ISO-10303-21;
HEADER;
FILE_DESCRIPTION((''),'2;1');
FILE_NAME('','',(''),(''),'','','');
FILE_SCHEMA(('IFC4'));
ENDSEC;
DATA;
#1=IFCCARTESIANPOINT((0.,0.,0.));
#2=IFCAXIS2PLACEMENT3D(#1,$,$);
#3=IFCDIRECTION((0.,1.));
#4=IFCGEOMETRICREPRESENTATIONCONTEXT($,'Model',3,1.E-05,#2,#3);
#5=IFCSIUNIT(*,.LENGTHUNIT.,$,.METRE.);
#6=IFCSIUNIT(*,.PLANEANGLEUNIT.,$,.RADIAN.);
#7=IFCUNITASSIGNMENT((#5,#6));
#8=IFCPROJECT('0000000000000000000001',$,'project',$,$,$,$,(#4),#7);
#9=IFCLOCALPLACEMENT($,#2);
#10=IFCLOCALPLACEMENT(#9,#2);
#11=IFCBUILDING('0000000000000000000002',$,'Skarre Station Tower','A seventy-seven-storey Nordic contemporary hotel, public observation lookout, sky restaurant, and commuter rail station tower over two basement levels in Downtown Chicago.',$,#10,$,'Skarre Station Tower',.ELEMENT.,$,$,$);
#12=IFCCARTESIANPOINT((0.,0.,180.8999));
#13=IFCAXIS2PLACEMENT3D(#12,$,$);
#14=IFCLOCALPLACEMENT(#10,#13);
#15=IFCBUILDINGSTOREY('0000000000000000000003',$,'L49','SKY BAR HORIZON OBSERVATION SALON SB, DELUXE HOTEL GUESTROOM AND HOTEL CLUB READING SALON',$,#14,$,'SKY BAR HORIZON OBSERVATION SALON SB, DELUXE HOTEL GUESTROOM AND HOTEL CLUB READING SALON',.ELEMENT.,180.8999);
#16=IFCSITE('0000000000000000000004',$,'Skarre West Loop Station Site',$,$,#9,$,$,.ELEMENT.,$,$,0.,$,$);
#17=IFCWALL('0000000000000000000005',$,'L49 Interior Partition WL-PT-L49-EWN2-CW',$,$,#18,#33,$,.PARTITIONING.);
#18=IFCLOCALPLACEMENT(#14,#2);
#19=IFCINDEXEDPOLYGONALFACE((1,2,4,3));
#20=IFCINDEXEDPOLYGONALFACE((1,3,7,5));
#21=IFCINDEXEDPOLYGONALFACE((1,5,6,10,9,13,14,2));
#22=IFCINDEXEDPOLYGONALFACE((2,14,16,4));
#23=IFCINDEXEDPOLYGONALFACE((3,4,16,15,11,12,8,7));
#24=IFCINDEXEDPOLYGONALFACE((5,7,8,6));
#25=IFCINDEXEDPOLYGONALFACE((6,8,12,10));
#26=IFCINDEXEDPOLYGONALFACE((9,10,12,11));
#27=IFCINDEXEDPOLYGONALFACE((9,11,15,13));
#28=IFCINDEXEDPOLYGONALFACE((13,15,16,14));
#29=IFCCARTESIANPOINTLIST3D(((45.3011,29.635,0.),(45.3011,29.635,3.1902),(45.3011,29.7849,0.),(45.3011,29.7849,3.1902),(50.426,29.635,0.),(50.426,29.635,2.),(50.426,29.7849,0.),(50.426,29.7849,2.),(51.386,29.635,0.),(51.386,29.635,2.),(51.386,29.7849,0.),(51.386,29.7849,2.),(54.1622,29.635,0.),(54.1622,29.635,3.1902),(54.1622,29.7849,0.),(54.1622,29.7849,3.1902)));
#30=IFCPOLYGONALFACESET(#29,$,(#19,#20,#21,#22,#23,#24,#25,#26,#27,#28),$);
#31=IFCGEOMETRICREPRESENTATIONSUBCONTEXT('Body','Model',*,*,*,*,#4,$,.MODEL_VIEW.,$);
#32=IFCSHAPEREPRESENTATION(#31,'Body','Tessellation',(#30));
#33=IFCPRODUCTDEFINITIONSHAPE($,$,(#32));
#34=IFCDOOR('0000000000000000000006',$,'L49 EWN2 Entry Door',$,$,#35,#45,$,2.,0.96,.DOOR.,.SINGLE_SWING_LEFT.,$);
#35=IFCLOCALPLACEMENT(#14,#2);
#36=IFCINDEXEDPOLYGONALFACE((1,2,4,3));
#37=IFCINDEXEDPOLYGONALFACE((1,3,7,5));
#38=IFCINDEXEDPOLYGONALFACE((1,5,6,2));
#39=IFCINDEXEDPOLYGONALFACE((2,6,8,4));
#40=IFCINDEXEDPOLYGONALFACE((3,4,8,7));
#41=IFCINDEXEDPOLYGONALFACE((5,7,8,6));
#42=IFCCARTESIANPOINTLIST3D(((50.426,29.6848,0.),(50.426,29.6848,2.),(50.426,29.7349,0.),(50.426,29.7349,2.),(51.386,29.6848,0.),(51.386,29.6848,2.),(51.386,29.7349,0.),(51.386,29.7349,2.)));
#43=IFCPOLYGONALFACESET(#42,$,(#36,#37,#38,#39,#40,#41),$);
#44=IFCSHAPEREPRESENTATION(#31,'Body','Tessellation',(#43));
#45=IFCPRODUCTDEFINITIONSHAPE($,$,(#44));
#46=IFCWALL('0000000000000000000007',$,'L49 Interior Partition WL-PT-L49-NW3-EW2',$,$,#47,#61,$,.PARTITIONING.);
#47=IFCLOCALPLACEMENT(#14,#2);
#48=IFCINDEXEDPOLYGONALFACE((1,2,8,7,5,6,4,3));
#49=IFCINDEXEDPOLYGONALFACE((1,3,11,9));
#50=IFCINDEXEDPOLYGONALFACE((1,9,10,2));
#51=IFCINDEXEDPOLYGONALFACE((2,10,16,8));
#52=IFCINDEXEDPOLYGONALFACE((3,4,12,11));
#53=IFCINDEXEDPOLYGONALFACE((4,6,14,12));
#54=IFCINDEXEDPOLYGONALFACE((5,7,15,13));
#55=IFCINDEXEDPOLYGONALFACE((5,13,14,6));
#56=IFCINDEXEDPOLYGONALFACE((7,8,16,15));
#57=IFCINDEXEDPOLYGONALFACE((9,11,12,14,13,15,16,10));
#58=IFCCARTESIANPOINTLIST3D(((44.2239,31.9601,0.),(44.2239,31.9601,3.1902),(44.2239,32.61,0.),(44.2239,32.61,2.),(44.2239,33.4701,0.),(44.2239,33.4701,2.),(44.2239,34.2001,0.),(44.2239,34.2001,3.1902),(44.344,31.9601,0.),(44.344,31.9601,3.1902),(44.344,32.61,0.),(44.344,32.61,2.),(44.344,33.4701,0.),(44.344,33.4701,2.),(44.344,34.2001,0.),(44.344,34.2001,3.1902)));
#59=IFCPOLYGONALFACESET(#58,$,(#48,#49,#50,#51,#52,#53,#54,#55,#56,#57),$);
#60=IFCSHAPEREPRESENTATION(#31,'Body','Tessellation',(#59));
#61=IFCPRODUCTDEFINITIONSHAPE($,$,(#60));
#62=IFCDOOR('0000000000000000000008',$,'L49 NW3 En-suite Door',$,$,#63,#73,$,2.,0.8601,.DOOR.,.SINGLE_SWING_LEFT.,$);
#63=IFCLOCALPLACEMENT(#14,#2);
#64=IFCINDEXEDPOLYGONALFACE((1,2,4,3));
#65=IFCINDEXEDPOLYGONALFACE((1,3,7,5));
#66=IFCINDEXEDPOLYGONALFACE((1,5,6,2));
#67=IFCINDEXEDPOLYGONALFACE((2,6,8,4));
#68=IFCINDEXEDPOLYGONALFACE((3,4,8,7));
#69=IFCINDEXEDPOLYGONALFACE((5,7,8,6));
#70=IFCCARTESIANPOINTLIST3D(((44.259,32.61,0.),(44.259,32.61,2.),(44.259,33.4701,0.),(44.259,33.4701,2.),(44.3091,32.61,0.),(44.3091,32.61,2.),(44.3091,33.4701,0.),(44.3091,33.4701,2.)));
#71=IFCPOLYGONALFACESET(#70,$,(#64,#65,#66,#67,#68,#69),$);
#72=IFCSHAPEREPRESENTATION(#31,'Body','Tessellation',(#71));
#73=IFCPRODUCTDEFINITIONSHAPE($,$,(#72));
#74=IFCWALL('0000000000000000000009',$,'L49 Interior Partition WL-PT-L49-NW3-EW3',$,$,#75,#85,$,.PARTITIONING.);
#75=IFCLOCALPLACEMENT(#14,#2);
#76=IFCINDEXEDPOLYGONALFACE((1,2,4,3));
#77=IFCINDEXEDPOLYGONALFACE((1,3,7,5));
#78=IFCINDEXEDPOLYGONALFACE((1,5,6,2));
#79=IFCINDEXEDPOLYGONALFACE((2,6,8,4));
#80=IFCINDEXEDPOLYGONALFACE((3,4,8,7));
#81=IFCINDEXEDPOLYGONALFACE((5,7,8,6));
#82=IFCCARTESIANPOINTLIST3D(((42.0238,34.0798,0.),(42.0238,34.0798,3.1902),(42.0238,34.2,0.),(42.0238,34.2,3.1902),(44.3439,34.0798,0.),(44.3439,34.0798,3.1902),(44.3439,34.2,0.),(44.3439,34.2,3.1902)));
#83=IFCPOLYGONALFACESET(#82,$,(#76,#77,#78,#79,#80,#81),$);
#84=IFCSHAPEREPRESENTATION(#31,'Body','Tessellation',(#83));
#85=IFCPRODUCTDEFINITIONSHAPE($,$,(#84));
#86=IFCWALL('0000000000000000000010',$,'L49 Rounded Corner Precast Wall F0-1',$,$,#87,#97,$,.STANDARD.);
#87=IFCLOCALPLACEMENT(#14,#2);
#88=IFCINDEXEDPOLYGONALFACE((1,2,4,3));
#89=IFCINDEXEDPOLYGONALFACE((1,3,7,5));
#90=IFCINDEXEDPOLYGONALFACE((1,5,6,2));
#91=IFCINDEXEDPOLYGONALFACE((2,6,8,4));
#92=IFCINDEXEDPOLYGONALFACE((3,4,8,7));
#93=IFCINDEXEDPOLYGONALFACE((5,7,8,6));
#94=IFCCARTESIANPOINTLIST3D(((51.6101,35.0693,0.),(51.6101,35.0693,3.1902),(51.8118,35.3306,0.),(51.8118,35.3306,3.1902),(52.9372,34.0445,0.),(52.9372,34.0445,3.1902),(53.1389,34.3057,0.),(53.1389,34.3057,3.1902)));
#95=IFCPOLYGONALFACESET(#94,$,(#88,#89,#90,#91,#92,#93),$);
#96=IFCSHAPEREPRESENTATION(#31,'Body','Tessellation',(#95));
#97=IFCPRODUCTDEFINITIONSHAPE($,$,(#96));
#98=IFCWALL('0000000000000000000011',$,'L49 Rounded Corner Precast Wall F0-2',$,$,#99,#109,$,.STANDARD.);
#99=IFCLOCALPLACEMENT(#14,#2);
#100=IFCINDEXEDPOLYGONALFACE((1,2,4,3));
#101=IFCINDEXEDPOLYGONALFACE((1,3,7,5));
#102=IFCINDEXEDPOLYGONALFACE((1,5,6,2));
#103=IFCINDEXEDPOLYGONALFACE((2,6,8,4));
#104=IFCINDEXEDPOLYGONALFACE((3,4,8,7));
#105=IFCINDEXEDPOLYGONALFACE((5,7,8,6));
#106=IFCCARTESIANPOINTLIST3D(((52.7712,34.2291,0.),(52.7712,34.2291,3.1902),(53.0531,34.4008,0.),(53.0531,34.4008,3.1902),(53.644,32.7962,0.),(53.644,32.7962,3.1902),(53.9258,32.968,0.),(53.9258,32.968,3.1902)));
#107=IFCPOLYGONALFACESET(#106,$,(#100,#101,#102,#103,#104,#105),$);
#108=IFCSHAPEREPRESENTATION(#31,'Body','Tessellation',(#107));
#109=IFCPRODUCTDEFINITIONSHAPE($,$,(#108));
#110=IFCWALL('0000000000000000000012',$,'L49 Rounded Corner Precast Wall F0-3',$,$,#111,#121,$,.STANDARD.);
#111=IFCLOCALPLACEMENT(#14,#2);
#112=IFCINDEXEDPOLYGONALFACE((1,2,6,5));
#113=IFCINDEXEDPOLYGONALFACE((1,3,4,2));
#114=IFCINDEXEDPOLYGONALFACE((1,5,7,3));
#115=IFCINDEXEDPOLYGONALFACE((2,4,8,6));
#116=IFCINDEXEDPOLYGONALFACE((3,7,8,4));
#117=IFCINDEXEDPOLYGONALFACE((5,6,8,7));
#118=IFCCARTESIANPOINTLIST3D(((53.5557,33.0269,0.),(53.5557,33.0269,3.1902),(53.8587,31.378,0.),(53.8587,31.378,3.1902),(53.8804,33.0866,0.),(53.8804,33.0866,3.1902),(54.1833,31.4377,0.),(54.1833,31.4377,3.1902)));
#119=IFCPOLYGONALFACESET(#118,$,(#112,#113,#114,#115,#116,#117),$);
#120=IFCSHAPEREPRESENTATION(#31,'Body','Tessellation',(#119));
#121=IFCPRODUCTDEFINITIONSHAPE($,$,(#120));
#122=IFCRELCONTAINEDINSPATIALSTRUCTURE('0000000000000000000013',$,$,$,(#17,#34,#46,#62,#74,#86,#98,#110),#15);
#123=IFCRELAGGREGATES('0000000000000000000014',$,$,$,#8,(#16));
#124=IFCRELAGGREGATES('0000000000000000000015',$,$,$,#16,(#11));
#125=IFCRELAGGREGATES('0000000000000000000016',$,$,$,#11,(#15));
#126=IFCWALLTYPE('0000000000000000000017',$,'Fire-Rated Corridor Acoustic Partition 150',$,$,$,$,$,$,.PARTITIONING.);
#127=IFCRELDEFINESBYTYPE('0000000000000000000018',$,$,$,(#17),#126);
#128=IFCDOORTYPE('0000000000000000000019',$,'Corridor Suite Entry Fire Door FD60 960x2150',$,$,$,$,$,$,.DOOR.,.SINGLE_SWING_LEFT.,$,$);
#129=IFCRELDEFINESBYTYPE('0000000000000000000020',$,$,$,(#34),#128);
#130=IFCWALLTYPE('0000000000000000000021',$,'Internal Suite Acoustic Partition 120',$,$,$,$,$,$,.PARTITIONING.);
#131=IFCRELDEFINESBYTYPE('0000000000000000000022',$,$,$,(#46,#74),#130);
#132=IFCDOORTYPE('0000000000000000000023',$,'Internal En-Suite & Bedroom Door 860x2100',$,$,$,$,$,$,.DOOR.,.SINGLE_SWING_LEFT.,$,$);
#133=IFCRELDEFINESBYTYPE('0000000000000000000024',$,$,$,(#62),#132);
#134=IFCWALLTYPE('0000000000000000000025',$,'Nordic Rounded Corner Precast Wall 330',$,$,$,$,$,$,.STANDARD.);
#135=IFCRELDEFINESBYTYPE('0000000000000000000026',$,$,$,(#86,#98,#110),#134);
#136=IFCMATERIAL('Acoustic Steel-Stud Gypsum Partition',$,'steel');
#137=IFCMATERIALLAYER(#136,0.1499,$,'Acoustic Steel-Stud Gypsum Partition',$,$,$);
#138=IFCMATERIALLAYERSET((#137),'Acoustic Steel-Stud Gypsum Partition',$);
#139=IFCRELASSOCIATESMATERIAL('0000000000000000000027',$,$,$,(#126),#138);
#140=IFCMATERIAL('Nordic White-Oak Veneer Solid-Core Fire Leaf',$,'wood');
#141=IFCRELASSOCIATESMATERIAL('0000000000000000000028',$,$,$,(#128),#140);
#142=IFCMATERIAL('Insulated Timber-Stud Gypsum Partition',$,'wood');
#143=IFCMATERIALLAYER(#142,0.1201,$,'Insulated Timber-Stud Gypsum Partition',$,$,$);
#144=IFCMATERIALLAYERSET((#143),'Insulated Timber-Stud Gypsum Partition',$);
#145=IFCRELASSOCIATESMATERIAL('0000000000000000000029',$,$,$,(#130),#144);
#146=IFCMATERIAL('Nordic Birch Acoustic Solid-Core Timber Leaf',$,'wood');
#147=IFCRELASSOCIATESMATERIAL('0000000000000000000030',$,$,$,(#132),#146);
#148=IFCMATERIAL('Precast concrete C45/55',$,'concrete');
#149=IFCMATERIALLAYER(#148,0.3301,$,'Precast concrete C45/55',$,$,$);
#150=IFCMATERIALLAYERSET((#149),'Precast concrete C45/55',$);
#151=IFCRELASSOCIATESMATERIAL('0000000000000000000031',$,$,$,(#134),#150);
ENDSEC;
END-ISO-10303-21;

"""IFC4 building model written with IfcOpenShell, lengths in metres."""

from ifc_helpers import new_model, si_unit, direction, frame, frame_2d, origin, place, context, subcontext, project, spatial, rectangle, extrude, material, layer, layer_set, type_object, element, fill, save


model = new_model("IFC4")

# Units and contexts
model_context = context("Model", 3, precision=1e-05, world=origin(), true_north=direction((0.0, 1.0)))
body_context = subcontext(model_context, "Body", "Model", "MODEL_VIEW")
ifc_project = project(units=[si_unit("LENGTHUNIT", "METRE"), si_unit("PLANEANGLEUNIT", "RADIAN")], contexts=[model_context])

# Site, building, storey
site_placement = place(None, origin())
site = spatial("IfcSite", under=ifc_project, at=site_placement, Name="Skarre West Loop Station Site", CompositionType="ELEMENT", RefElevation=0.0)
building_placement = place(site_placement, origin())
building = spatial("IfcBuilding", under=site, at=building_placement, Name="Skarre Station Tower", Description="A seventy-seven-storey Nordic contemporary hotel, public observation lookout, sky restaurant, and commuter rail station tower over two basement levels in Downtown Chicago.", LongName="Skarre Station Tower", CompositionType="ELEMENT")
storey_placement = place(building_placement, frame((0.0, 0.0, 180.8999)))
storey = spatial("IfcBuildingStorey", under=building, at=storey_placement, Name="L49", Description="SKY BAR HORIZON OBSERVATION SALON SB, DELUXE HOTEL GUESTROOM AND HOTEL CLUB READING SALON", LongName="SKY BAR HORIZON OBSERVATION SALON SB, DELUXE HOTEL GUESTROOM AND HOTEL CLUB READING SALON", CompositionType="ELEMENT", Elevation=180.8999)

# Walls, openings, doors
ifc_material_1 = material(Name="Acoustic Steel-Stud Gypsum Partition", Category="steel")
ifc_layer_1 = layer(ifc_material_1, 0.1499, Name="Acoustic Steel-Stud Gypsum Partition")
ifc_layer_set_1 = layer_set([ifc_layer_1], Name="Acoustic Steel-Stud Gypsum Partition")
wall_type_1 = type_object("IfcWallType", Name="Fire-Rated Corridor Acoustic Partition 150", PredefinedType="PARTITIONING", material=ifc_layer_set_1)
ifc_material_2 = material(Name="Nordic White-Oak Veneer Solid-Core Fire Leaf", Category="wood")
door_type_1 = type_object("IfcDoorType", Name="Corridor Suite Entry Fire Door FD60 960x2150", OperationType="SINGLE_SWING_LEFT", PredefinedType="DOOR", material=ifc_material_2)
wall_1_placement = place(storey_placement, frame((45.301, 29.71, 0.0), z_axis=(0.0, 0.0, 1.0), x_axis=(1.0, 0.0, 0.0)))
wall_1 = element("IfcWall", 1, at=wall_1_placement, inside=storey, type_object=wall_type_1, Name="L49 Interior Partition WL-PT-L49-EWN2-CW", PredefinedType="PARTITIONING", context=body_context, shape_type="SweptSolid", body=[
    extrude(rectangle(XDim=8.8611, YDim=0.1499, at=frame_2d((4.4307, 0.0))), origin(), (0.0, 0.0, 1.0), 3.1902),
])
opening_1_placement = place(wall_1_placement, frame((5.125, 0.0, 0.0)))
opening_1 = element("IfcOpeningElement", 2, at=opening_1_placement, cuts=wall_1, PredefinedType="OPENING", context=body_context, shape_type="SweptSolid", body=[
    extrude(rectangle(XDim=0.96, YDim=2.0, at=frame_2d((0.48, 1.0))), frame((0.0, 0.085, 0.0), z_axis=(0.0, -1.0, 0.0), x_axis=(1.0, 0.0, 0.0)), (0.0, 0.0, 1.0), 0.1699),
])
door_1_placement = place(opening_1_placement, origin())
door_1 = element("IfcDoor", 3, at=door_1_placement, inside=storey, type_object=door_type_1, Name="L49 EWN2 Entry Door", OperationType="SINGLE_SWING_LEFT", OverallHeight=2.0, OverallWidth=0.96, PredefinedType="DOOR", context=body_context, shape_type="SweptSolid", body=[
    extrude(rectangle(XDim=0.96, YDim=2.0, at=frame_2d((0.48, 1.0))), frame((0.0, 0.0249, 0.0), z_axis=(0.0, -1.0, 0.0), x_axis=(1.0, 0.0, 0.0)), (0.0, 0.0, 1.0), 0.05),
])
fill(opening_1, door_1)
ifc_material_3 = material(Name="Insulated Timber-Stud Gypsum Partition", Category="wood")
ifc_layer_2 = layer(ifc_material_3, 0.1201, Name="Insulated Timber-Stud Gypsum Partition")
ifc_layer_set_2 = layer_set([ifc_layer_2], Name="Insulated Timber-Stud Gypsum Partition")
wall_type_2 = type_object("IfcWallType", Name="Internal Suite Acoustic Partition 120", PredefinedType="PARTITIONING", material=ifc_layer_set_2)
wall_2_placement = place(storey_placement, frame((44.2839, 31.96, 0.0), z_axis=(0.0, 0.0, 1.0), x_axis=(0.0, 1.0, 0.0)))
wall_2 = element("IfcWall", 4, at=wall_2_placement, inside=storey, type_object=wall_type_2, Name="L49 Interior Partition WL-PT-L49-NW3-EW2", PredefinedType="PARTITIONING", context=body_context, shape_type="SweptSolid", body=[
    extrude(rectangle(XDim=2.24, YDim=0.1201, at=frame_2d((1.1201, 0.0))), origin(), (0.0, 0.0, 1.0), 3.1902),
])
opening_2_placement = place(wall_2_placement, frame((0.6499, 0.0, 0.0)))
opening_2 = element("IfcOpeningElement", 5, at=opening_2_placement, cuts=wall_2, PredefinedType="OPENING", context=body_context, shape_type="SweptSolid", body=[
    extrude(rectangle(XDim=0.8601, YDim=2.0, at=frame_2d((0.4302, 1.0))), frame((0.0, 0.0701, 0.0), z_axis=(0.0, -1.0, 0.0), x_axis=(1.0, 0.0, 0.0)), (0.0, 0.0, 1.0), 0.1401),
])
ifc_material_4 = material(Name="Nordic Birch Acoustic Solid-Core Timber Leaf", Category="wood")
door_type_2 = type_object("IfcDoorType", Name="Internal En-Suite & Bedroom Door 860x2100", OperationType="SINGLE_SWING_LEFT", PredefinedType="DOOR", material=ifc_material_4)
door_2_placement = place(opening_2_placement, origin())
door_2 = element("IfcDoor", 6, at=door_2_placement, inside=storey, type_object=door_type_2, Name="L49 NW3 En-suite Door", OperationType="SINGLE_SWING_LEFT", OverallHeight=2.0, OverallWidth=0.8601, PredefinedType="DOOR", context=body_context, shape_type="SweptSolid", body=[
    extrude(rectangle(XDim=0.8601, YDim=2.0, at=frame_2d((0.4302, 1.0))), frame((0.0, 0.0249, 0.0), z_axis=(0.0, -1.0, 0.0), x_axis=(1.0, 0.0, 0.0)), (0.0, 0.0, 1.0), 0.05),
])
fill(opening_2, door_2)

# Walls
wall_3_placement = place(storey_placement, frame((44.344, 34.1399, 0.0), z_axis=(0.0, 0.0, 1.0), x_axis=(-1.0, 0.0, 0.0)))
element("IfcWall", 7, at=wall_3_placement, inside=storey, type_object=wall_type_2, Name="L49 Interior Partition WL-PT-L49-NW3-EW3", PredefinedType="PARTITIONING", context=body_context, shape_type="SweptSolid", body=[
    extrude(rectangle(XDim=2.3201, YDim=0.1201, at=frame_2d((1.1602, 0.0))), origin(), (0.0, 0.0, 1.0), 3.1902),
])
ifc_material_5 = material(Name="Precast concrete C45/55", Category="concrete")
ifc_layer_3 = layer(ifc_material_5, 0.3301, Name="Precast concrete C45/55")
ifc_layer_set_3 = layer_set([ifc_layer_3], Name="Precast concrete C45/55")
wall_type_3 = type_object("IfcWallType", Name="Nordic Rounded Corner Precast Wall 330", PredefinedType="STANDARD", material=ifc_layer_set_3)
wall_4_placement = place(storey_placement, frame((51.7109, 35.2, 0.0), z_axis=(0.0, 0.0, 1.0), x_axis=(0.791464, -0.611215, 0.0)))
element("IfcWall", 8, at=wall_4_placement, inside=storey, type_object=wall_type_3, Name="L49 Rounded Corner Precast Wall F0-1", PredefinedType="STANDARD", context=body_context, shape_type="SweptSolid", body=[
    extrude(rectangle(XDim=1.6768, YDim=0.3301, at=frame_2d((0.8384, 0.0))), origin(), (0.0, 0.0, 1.0), 3.1902),
])
wall_5_placement = place(storey_placement, frame((52.9121, 34.3149, 0.0), z_axis=(0.0, 0.0, 1.0), x_axis=(0.520219, -0.854033, 0.0)))
element("IfcWall", 9, at=wall_5_placement, inside=storey, type_object=wall_type_3, Name="L49 Rounded Corner Precast Wall F0-2", PredefinedType="STANDARD", context=body_context, shape_type="SweptSolid", body=[
    extrude(rectangle(XDim=1.6777, YDim=0.3301, at=frame_2d((0.8389, 0.0))), origin(), (0.0, 0.0, 1.0), 3.1902),
])
wall_6_placement = place(storey_placement, frame((53.718, 33.0569, 0.0), z_axis=(0.0, 0.0, 1.0), x_axis=(0.180718, -0.983535, 0.0)))
element("IfcWall", 10, at=wall_6_placement, inside=storey, type_object=wall_type_3, Name="L49 Rounded Corner Precast Wall F0-3", PredefinedType="STANDARD", context=body_context, shape_type="SweptSolid", body=[
    extrude(rectangle(XDim=1.6765, YDim=0.3301, at=frame_2d((0.8384, 0.0))), origin(), (0.0, 0.0, 1.0), 3.1902),
])

save(model, "model.ifc")
